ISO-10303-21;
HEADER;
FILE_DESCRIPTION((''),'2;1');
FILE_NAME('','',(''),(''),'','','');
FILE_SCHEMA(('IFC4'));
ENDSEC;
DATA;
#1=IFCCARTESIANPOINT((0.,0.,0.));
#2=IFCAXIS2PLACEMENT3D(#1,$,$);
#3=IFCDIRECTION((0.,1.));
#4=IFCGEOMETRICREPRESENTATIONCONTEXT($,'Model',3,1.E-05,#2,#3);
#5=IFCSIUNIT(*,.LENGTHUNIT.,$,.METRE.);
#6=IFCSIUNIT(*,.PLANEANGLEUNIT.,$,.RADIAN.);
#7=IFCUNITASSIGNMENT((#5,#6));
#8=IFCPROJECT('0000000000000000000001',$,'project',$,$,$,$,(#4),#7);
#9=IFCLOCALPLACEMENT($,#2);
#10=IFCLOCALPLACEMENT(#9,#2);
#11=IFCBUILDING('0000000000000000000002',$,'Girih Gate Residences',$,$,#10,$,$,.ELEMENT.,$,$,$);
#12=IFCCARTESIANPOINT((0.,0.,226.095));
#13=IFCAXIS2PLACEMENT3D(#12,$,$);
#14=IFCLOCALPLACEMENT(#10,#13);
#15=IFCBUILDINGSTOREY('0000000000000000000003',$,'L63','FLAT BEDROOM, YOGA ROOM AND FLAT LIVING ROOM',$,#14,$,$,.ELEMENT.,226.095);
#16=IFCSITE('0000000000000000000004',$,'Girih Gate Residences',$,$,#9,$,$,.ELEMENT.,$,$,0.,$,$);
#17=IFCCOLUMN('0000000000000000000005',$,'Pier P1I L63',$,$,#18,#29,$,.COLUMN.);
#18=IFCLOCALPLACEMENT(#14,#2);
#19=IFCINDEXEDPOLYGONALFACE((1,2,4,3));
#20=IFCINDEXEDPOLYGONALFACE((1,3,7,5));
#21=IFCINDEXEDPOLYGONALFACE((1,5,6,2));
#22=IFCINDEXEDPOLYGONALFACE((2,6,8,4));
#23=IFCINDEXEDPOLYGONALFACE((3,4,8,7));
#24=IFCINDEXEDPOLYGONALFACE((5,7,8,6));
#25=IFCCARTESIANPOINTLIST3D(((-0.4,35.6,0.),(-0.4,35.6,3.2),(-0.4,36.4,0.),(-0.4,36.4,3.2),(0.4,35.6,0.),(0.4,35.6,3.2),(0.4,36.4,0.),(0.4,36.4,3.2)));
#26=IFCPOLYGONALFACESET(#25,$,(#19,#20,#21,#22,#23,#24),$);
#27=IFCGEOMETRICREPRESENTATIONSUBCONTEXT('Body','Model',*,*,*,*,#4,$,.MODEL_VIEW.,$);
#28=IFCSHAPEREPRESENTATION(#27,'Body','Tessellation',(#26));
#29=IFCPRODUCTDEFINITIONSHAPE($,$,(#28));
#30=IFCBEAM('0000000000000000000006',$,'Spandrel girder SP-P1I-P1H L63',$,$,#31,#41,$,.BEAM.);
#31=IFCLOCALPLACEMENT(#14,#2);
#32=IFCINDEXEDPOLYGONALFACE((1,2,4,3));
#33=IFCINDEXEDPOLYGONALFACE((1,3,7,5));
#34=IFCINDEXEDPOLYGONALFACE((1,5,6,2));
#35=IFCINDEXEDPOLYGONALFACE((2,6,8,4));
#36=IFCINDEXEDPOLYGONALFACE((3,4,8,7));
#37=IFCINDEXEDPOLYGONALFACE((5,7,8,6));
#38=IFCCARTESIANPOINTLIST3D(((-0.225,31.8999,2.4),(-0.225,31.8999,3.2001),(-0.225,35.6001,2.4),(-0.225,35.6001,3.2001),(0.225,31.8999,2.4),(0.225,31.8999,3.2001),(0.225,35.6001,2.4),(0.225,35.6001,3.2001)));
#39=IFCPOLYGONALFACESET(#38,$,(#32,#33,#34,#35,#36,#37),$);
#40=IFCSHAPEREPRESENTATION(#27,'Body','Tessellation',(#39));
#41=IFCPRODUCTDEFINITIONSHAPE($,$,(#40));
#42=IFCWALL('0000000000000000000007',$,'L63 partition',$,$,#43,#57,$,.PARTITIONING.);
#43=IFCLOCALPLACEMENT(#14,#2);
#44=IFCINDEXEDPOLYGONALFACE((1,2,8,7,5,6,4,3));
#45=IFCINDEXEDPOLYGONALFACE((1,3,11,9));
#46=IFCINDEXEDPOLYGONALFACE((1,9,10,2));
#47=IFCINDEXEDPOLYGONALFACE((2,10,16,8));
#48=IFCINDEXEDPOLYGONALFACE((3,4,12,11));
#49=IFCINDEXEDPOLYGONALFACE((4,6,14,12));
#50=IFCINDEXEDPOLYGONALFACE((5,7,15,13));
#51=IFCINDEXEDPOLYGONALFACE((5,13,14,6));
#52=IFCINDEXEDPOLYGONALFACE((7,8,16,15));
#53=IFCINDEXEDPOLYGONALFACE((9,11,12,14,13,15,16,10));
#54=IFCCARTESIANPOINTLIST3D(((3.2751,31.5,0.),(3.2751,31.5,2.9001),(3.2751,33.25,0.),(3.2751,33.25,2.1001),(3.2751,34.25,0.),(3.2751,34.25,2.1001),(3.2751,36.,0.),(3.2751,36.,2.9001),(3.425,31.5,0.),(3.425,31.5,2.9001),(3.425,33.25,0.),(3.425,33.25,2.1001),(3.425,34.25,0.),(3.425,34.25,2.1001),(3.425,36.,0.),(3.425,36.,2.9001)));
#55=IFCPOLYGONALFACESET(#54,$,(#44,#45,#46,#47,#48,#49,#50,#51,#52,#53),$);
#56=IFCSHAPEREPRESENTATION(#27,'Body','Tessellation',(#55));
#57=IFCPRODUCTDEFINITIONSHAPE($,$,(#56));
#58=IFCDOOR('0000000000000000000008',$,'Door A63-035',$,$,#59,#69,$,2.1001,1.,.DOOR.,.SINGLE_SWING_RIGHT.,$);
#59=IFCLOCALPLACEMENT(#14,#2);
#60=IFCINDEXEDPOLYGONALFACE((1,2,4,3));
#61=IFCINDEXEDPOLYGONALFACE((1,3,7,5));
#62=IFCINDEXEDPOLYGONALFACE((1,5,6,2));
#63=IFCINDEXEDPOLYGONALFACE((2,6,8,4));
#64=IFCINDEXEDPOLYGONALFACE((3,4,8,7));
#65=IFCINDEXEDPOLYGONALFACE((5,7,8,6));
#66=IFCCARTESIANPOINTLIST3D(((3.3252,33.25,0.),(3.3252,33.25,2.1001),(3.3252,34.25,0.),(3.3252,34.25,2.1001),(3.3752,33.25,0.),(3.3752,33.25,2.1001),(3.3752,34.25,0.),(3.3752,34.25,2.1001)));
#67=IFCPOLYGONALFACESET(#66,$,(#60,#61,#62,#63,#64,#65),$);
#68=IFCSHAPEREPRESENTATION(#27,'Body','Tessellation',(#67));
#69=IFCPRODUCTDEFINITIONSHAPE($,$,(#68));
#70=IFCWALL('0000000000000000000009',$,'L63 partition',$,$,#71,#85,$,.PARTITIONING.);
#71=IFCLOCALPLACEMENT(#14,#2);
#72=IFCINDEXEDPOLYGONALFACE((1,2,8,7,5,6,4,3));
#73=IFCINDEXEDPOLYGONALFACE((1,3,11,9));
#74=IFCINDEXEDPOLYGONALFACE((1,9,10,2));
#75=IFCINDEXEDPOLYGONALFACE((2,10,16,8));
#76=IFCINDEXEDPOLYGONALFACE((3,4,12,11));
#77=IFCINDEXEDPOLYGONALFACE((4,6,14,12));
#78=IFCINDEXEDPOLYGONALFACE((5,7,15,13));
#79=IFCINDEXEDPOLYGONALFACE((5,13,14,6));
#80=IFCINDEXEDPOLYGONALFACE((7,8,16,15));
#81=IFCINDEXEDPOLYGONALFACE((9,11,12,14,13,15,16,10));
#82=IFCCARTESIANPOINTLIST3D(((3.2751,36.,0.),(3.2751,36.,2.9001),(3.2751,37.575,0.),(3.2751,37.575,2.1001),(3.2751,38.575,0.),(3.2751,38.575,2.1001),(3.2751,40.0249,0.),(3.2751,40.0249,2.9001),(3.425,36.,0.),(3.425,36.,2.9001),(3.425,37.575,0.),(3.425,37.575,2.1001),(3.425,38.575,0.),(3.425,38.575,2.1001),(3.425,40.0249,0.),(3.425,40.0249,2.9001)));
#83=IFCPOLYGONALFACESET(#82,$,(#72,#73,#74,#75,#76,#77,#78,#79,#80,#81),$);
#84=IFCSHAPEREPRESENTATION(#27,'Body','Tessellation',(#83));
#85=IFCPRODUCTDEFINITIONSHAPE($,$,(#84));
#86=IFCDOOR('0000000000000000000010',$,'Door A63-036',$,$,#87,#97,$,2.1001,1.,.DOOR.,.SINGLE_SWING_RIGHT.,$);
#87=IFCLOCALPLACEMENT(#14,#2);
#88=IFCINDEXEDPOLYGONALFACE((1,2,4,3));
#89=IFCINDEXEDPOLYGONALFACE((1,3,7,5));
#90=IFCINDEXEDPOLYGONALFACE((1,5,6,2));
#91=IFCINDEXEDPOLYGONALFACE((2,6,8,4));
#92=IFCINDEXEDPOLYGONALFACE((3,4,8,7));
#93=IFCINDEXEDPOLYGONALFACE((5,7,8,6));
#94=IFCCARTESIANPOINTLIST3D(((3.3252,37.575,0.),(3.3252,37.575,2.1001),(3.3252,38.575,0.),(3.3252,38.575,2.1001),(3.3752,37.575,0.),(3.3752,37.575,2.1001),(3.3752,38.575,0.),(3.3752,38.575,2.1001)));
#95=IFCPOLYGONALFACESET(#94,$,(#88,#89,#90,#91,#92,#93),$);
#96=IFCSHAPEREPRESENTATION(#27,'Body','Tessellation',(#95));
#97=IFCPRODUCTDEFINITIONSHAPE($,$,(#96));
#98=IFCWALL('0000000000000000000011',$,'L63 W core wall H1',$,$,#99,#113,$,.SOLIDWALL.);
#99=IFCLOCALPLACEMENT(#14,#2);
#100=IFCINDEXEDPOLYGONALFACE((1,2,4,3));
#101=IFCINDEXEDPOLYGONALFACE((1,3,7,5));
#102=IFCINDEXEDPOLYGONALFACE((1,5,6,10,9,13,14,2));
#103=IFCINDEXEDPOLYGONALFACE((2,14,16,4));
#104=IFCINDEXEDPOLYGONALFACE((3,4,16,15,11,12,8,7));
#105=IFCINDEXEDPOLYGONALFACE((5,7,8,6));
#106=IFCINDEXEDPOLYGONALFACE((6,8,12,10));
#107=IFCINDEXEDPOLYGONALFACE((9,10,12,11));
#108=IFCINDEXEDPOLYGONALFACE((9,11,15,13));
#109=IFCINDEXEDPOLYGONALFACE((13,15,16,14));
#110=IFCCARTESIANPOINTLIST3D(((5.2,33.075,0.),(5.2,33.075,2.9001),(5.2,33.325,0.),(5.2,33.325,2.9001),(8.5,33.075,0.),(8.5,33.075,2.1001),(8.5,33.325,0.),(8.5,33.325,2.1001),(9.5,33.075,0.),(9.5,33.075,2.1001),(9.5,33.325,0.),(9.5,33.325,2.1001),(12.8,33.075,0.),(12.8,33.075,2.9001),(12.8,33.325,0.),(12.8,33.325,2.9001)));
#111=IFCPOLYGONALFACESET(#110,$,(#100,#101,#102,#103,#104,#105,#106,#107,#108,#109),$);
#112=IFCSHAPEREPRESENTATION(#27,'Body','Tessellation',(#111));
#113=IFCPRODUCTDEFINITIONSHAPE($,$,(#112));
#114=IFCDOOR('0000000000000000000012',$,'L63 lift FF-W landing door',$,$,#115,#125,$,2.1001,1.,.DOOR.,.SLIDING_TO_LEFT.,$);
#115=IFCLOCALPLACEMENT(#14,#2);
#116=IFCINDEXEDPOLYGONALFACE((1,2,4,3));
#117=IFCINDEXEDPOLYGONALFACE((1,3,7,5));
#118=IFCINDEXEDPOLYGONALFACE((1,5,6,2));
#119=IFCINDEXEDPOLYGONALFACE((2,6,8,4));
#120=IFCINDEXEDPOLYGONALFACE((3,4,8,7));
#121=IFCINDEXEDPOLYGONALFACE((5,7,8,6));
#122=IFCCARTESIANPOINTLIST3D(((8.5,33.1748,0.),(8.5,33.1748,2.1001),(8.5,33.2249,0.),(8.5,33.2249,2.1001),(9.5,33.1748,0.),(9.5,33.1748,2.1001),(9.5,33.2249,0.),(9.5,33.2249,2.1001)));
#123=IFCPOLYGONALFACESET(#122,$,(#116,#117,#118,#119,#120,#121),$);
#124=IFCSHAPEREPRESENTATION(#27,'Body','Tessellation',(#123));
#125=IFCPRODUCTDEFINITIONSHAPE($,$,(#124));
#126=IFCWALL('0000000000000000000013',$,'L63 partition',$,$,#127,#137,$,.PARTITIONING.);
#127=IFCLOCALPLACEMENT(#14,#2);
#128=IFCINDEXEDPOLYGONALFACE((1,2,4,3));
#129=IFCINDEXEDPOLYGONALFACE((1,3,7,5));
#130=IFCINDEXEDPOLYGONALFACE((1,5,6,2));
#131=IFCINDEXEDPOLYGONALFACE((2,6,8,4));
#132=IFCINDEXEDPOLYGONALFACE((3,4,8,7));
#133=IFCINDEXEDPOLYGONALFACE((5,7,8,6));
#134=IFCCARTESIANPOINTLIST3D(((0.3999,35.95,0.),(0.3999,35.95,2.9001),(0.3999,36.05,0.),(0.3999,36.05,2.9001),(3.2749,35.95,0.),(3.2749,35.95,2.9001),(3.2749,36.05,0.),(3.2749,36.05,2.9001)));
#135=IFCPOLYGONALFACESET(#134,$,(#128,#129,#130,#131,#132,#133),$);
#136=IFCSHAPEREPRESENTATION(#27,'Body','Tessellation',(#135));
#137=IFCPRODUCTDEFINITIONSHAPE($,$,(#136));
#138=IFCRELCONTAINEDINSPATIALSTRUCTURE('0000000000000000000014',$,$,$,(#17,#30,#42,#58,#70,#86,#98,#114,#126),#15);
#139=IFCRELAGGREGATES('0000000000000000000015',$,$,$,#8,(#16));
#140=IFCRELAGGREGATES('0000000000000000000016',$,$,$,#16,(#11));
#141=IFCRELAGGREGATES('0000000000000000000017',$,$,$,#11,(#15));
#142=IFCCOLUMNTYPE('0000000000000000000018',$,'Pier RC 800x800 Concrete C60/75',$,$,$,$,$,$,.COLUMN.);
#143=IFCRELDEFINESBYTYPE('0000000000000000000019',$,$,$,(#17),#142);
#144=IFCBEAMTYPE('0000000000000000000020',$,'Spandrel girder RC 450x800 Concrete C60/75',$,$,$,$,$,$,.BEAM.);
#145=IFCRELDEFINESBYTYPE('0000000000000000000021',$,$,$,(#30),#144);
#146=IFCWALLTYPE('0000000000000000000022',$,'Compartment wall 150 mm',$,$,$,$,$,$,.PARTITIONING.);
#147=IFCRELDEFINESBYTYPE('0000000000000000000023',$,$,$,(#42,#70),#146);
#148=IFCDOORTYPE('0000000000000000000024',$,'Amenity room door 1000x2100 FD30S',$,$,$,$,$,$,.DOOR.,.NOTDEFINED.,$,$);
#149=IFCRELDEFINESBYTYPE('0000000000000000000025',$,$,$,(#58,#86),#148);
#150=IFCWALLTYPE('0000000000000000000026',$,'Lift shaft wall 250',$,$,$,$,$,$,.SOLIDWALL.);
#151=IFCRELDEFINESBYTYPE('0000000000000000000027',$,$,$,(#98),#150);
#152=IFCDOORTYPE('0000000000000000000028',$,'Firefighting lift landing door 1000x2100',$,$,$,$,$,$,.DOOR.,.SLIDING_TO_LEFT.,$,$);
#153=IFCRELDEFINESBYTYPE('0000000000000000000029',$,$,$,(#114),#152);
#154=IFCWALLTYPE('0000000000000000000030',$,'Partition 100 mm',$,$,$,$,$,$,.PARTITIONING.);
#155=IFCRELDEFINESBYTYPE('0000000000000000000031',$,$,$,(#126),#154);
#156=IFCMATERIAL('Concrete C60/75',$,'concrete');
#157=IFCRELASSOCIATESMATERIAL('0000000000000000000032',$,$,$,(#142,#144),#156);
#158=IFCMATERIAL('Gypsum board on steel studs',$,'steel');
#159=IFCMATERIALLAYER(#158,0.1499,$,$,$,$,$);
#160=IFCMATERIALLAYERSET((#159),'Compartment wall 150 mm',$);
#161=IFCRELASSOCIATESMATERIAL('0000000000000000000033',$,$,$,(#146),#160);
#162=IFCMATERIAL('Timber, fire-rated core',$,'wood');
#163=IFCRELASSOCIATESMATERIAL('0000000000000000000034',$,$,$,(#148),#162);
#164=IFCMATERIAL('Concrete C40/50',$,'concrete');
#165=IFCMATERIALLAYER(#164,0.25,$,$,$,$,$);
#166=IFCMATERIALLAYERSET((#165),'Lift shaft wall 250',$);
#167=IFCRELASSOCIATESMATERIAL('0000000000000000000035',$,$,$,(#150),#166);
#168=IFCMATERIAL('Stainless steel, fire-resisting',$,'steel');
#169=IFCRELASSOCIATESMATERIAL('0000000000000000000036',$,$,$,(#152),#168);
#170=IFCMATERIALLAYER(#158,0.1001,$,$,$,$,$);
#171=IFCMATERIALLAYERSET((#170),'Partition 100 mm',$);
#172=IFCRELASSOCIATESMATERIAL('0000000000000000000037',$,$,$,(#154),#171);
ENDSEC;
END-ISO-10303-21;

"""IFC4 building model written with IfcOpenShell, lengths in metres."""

from ifc_helpers import new_model, si_unit, direction, frame, frame_2d, origin, origin_2d, place, context, subcontext, project, spatial, rectangle, extrude, material, layer, layer_set, material_profile, profile_set, type_object, element, fill, save


model = new_model("IFC4")

# Units and contexts
model_context = context("Model", 3, precision=1e-05, world=origin(), true_north=direction((0.0, 1.0)))
body_context = subcontext(model_context, "Body", "Model", "MODEL_VIEW")
ifc_project = project(units=[si_unit("LENGTHUNIT", "METRE"), si_unit("PLANEANGLEUNIT", "RADIAN")], contexts=[model_context])

# Site, building, storey
site_placement = place(None, origin())
site = spatial("IfcSite", under=ifc_project, at=site_placement, Name="Girih Gate Residences", CompositionType="ELEMENT", RefElevation=0.0)
building_placement = place(site_placement, origin())
building = spatial("IfcBuilding", under=site, at=building_placement, Name="Girih Gate Residences", CompositionType="ELEMENT")
storey_placement = place(building_placement, frame((0.0, 0.0, 226.095)))
storey = spatial("IfcBuildingStorey", under=building, at=storey_placement, Name="L63", Description="FLAT BEDROOM, YOGA ROOM AND FLAT LIVING ROOM", CompositionType="ELEMENT", Elevation=226.095)

# Column
ifc_material_1 = material(Name="Concrete C60/75", Category="concrete")
ifc_material_profile_1 = material_profile(ifc_material_1, rectangle(XDim=0.8, YDim=0.8, at=origin_2d()))
ifc_profile_set_1 = profile_set([ifc_material_profile_1], Name="Concrete C60/75")
column_type = type_object("IfcColumnType", Name="Pier RC 800x800 Concrete C60/75", PredefinedType="COLUMN", material=ifc_profile_set_1)
column_placement = place(storey_placement, frame((0.0, 36.0, 0.0), z_axis=(0.0, 0.0, 1.0), x_axis=(1.0, 0.0, 0.0)))
element("IfcColumn", 1, at=column_placement, inside=storey, type_object=column_type, Name="Pier P1I L63", PredefinedType="COLUMN", context=body_context, shape_type="SweptSolid", body=[
    extrude(rectangle(XDim=0.8, YDim=0.8, at=origin_2d()), origin(), (0.0, 0.0, 1.0), 3.2),
])

# Beam
ifc_material_profile_2 = material_profile(ifc_material_1, rectangle(XDim=0.45, YDim=0.8, at=origin_2d()))
ifc_profile_set_2 = profile_set([ifc_material_profile_2], Name="Concrete C60/75")
beam_type = type_object("IfcBeamType", Name="Spandrel girder RC 450x800 Concrete C60/75", PredefinedType="BEAM", material=ifc_profile_set_2)
beam_placement = place(storey_placement, frame((0.0, 35.6001, 2.8), z_axis=(0.0, -1.0, 0.0), x_axis=(1.0, 0.0, 0.0)))
element("IfcBeam", 2, at=beam_placement, inside=storey, type_object=beam_type, Name="Spandrel girder SP-P1I-P1H L63", PredefinedType="BEAM", context=body_context, shape_type="SweptSolid", body=[
    extrude(rectangle(XDim=0.45, YDim=0.8, at=origin_2d()), origin(), (0.0, 0.0, 1.0), 3.7002),
])

# Walls, openings, doors
ifc_material_2 = material(Name="Gypsum board on steel studs", Category="steel")
ifc_layer_1 = layer(ifc_material_2, 0.1499)
ifc_layer_set_1 = layer_set([ifc_layer_1], Name="Compartment wall 150 mm")
wall_type_1 = type_object("IfcWallType", Name="Compartment wall 150 mm", PredefinedType="PARTITIONING", material=ifc_layer_set_1)
wall_1_placement = place(storey_placement, frame((3.3501, 31.5, 0.0), z_axis=(0.0, 0.0, 1.0), x_axis=(0.0, 1.0, 0.0)))
wall_1 = element("IfcWall", 3, at=wall_1_placement, inside=storey, type_object=wall_type_1, Name="L63 partition", PredefinedType="PARTITIONING", context=body_context, shape_type="SweptSolid", body=[
    extrude(rectangle(XDim=4.5, YDim=0.1499, at=frame_2d((2.25, 0.0))), origin(), (0.0, 0.0, 1.0), 2.9001),
])
opening_1_placement = place(wall_1_placement, frame((1.75, 0.0, 0.0)))
opening_1 = element("IfcOpeningElement", 4, at=opening_1_placement, cuts=wall_1, PredefinedType="OPENING", context=body_context, shape_type="SweptSolid", body=[
    extrude(rectangle(XDim=1.0, YDim=2.1001, at=frame_2d((0.5, 1.05))), frame((0.0, 0.085, 0.0), z_axis=(0.0, -1.0, 0.0), x_axis=(1.0, 0.0, 0.0)), (0.0, 0.0, 1.0), 0.1699),
])
ifc_material_3 = material(Name="Timber, fire-rated core", Category="wood")
door_type_1 = type_object("IfcDoorType", Name="Amenity room door 1000x2100 FD30S", OperationType="NOTDEFINED", PredefinedType="DOOR", material=ifc_material_3)
door_1_placement = place(opening_1_placement, origin())
door_1 = element("IfcDoor", 5, at=door_1_placement, inside=storey, type_object=door_type_1, Name="Door A63-035", OperationType="SINGLE_SWING_RIGHT", OverallHeight=2.1001, OverallWidth=1.0, PredefinedType="DOOR", context=body_context, shape_type="SweptSolid", body=[
    extrude(rectangle(XDim=1.0, YDim=2.1001, at=frame_2d((0.5, 1.05))), frame((0.0, 0.0249, 0.0), z_axis=(0.0, -1.0, 0.0), x_axis=(1.0, 0.0, 0.0)), (0.0, 0.0, 1.0), 0.05),
])
fill(opening_1, door_1)
wall_2_placement = place(storey_placement, frame((3.3501, 36.0, 0.0), z_axis=(0.0, 0.0, 1.0), x_axis=(0.0, 1.0, 0.0)))
wall_2 = element("IfcWall", 6, at=wall_2_placement, inside=storey, type_object=wall_type_1, Name="L63 partition", PredefinedType="PARTITIONING", context=body_context, shape_type="SweptSolid", body=[
    extrude(rectangle(XDim=4.0249, YDim=0.1499, at=frame_2d((2.0125, 0.0))), origin(), (0.0, 0.0, 1.0), 2.9001),
])
opening_2_placement = place(wall_2_placement, frame((1.575, 0.0, 0.0)))
opening_2 = element("IfcOpeningElement", 7, at=opening_2_placement, cuts=wall_2, PredefinedType="OPENING", context=body_context, shape_type="SweptSolid", body=[
    extrude(rectangle(XDim=1.0, YDim=2.1001, at=frame_2d((0.5, 1.05))), frame((0.0, 0.085, 0.0), z_axis=(0.0, -1.0, 0.0), x_axis=(1.0, 0.0, 0.0)), (0.0, 0.0, 1.0), 0.1699),
])
door_2_placement = place(opening_2_placement, origin())
door_2 = element("IfcDoor", 8, at=door_2_placement, inside=storey, type_object=door_type_1, Name="Door A63-036", OperationType="SINGLE_SWING_RIGHT", OverallHeight=2.1001, OverallWidth=1.0, PredefinedType="DOOR", context=body_context, shape_type="SweptSolid", body=[
    extrude(rectangle(XDim=1.0, YDim=2.1001, at=frame_2d((0.5, 1.05))), frame((0.0, 0.0249, 0.0), z_axis=(0.0, -1.0, 0.0), x_axis=(1.0, 0.0, 0.0)), (0.0, 0.0, 1.0), 0.05),
])
fill(opening_2, door_2)
ifc_material_4 = material(Name="Concrete C40/50", Category="concrete")
ifc_layer_2 = layer(ifc_material_4, 0.25)
ifc_layer_set_2 = layer_set([ifc_layer_2], Name="Lift shaft wall 250")
wall_type_2 = type_object("IfcWallType", Name="Lift shaft wall 250", PredefinedType="SOLIDWALL", material=ifc_layer_set_2)
wall_3_placement = place(storey_placement, frame((5.2, 33.2, 0.0), z_axis=(0.0, 0.0, 1.0), x_axis=(1.0, 0.0, 0.0)))
wall_3 = element("IfcWall", 9, at=wall_3_placement, inside=storey, type_object=wall_type_2, Name="L63 W core wall H1", PredefinedType="SOLIDWALL", context=body_context, shape_type="SweptSolid", body=[
    extrude(rectangle(XDim=7.6001, YDim=0.25, at=frame_2d((3.8, 0.0))), origin(), (0.0, 0.0, 1.0), 2.9001),
])
opening_3_placement = place(wall_3_placement, frame((3.3, 0.0, 0.0)))
opening_3 = element("IfcOpeningElement", 10, at=opening_3_placement, cuts=wall_3, PredefinedType="OPENING", context=body_context, shape_type="SweptSolid", body=[
    extrude(rectangle(XDim=1.0, YDim=2.1001, at=frame_2d((0.5, 1.05))), frame((0.0, 0.135, 0.0), z_axis=(0.0, -1.0, 0.0), x_axis=(1.0, 0.0, 0.0)), (0.0, 0.0, 1.0), 0.27),
])
ifc_material_5 = material(Name="Stainless steel, fire-resisting", Category="steel")
door_type_2 = type_object("IfcDoorType", Name="Firefighting lift landing door 1000x2100", OperationType="SLIDING_TO_LEFT", PredefinedType="DOOR", material=ifc_material_5)
door_3_placement = place(opening_3_placement, origin())
door_3 = element("IfcDoor", 11, at=door_3_placement, inside=storey, type_object=door_type_2, Name="L63 lift FF-W landing door", OperationType="SLIDING_TO_LEFT", OverallHeight=2.1001, OverallWidth=1.0, PredefinedType="DOOR", context=body_context, shape_type="SweptSolid", body=[
    extrude(rectangle(XDim=1.0, YDim=2.1001, at=frame_2d((0.5, 1.05))), frame((0.0, 0.0249, 0.0), z_axis=(0.0, -1.0, 0.0), x_axis=(1.0, 0.0, 0.0)), (0.0, 0.0, 1.0), 0.05),
])
fill(opening_3, door_3)

# Wall
ifc_layer_3 = layer(ifc_material_2, 0.1001)
ifc_layer_set_3 = layer_set([ifc_layer_3], Name="Partition 100 mm")
wall_type_3 = type_object("IfcWallType", Name="Partition 100 mm", PredefinedType="PARTITIONING", material=ifc_layer_set_3)
wall_4_placement = place(storey_placement, frame((0.3999, 36.0, 0.0), z_axis=(0.0, 0.0, 1.0), x_axis=(1.0, 0.0, 0.0)))
element("IfcWall", 12, at=wall_4_placement, inside=storey, type_object=wall_type_3, Name="L63 partition", PredefinedType="PARTITIONING", context=body_context, shape_type="SweptSolid", body=[
    extrude(rectangle(XDim=2.875, YDim=0.1001, at=frame_2d((1.4375, 0.0))), origin(), (0.0, 0.0, 1.0), 2.9001),
])

save(model, "model.ifc")
